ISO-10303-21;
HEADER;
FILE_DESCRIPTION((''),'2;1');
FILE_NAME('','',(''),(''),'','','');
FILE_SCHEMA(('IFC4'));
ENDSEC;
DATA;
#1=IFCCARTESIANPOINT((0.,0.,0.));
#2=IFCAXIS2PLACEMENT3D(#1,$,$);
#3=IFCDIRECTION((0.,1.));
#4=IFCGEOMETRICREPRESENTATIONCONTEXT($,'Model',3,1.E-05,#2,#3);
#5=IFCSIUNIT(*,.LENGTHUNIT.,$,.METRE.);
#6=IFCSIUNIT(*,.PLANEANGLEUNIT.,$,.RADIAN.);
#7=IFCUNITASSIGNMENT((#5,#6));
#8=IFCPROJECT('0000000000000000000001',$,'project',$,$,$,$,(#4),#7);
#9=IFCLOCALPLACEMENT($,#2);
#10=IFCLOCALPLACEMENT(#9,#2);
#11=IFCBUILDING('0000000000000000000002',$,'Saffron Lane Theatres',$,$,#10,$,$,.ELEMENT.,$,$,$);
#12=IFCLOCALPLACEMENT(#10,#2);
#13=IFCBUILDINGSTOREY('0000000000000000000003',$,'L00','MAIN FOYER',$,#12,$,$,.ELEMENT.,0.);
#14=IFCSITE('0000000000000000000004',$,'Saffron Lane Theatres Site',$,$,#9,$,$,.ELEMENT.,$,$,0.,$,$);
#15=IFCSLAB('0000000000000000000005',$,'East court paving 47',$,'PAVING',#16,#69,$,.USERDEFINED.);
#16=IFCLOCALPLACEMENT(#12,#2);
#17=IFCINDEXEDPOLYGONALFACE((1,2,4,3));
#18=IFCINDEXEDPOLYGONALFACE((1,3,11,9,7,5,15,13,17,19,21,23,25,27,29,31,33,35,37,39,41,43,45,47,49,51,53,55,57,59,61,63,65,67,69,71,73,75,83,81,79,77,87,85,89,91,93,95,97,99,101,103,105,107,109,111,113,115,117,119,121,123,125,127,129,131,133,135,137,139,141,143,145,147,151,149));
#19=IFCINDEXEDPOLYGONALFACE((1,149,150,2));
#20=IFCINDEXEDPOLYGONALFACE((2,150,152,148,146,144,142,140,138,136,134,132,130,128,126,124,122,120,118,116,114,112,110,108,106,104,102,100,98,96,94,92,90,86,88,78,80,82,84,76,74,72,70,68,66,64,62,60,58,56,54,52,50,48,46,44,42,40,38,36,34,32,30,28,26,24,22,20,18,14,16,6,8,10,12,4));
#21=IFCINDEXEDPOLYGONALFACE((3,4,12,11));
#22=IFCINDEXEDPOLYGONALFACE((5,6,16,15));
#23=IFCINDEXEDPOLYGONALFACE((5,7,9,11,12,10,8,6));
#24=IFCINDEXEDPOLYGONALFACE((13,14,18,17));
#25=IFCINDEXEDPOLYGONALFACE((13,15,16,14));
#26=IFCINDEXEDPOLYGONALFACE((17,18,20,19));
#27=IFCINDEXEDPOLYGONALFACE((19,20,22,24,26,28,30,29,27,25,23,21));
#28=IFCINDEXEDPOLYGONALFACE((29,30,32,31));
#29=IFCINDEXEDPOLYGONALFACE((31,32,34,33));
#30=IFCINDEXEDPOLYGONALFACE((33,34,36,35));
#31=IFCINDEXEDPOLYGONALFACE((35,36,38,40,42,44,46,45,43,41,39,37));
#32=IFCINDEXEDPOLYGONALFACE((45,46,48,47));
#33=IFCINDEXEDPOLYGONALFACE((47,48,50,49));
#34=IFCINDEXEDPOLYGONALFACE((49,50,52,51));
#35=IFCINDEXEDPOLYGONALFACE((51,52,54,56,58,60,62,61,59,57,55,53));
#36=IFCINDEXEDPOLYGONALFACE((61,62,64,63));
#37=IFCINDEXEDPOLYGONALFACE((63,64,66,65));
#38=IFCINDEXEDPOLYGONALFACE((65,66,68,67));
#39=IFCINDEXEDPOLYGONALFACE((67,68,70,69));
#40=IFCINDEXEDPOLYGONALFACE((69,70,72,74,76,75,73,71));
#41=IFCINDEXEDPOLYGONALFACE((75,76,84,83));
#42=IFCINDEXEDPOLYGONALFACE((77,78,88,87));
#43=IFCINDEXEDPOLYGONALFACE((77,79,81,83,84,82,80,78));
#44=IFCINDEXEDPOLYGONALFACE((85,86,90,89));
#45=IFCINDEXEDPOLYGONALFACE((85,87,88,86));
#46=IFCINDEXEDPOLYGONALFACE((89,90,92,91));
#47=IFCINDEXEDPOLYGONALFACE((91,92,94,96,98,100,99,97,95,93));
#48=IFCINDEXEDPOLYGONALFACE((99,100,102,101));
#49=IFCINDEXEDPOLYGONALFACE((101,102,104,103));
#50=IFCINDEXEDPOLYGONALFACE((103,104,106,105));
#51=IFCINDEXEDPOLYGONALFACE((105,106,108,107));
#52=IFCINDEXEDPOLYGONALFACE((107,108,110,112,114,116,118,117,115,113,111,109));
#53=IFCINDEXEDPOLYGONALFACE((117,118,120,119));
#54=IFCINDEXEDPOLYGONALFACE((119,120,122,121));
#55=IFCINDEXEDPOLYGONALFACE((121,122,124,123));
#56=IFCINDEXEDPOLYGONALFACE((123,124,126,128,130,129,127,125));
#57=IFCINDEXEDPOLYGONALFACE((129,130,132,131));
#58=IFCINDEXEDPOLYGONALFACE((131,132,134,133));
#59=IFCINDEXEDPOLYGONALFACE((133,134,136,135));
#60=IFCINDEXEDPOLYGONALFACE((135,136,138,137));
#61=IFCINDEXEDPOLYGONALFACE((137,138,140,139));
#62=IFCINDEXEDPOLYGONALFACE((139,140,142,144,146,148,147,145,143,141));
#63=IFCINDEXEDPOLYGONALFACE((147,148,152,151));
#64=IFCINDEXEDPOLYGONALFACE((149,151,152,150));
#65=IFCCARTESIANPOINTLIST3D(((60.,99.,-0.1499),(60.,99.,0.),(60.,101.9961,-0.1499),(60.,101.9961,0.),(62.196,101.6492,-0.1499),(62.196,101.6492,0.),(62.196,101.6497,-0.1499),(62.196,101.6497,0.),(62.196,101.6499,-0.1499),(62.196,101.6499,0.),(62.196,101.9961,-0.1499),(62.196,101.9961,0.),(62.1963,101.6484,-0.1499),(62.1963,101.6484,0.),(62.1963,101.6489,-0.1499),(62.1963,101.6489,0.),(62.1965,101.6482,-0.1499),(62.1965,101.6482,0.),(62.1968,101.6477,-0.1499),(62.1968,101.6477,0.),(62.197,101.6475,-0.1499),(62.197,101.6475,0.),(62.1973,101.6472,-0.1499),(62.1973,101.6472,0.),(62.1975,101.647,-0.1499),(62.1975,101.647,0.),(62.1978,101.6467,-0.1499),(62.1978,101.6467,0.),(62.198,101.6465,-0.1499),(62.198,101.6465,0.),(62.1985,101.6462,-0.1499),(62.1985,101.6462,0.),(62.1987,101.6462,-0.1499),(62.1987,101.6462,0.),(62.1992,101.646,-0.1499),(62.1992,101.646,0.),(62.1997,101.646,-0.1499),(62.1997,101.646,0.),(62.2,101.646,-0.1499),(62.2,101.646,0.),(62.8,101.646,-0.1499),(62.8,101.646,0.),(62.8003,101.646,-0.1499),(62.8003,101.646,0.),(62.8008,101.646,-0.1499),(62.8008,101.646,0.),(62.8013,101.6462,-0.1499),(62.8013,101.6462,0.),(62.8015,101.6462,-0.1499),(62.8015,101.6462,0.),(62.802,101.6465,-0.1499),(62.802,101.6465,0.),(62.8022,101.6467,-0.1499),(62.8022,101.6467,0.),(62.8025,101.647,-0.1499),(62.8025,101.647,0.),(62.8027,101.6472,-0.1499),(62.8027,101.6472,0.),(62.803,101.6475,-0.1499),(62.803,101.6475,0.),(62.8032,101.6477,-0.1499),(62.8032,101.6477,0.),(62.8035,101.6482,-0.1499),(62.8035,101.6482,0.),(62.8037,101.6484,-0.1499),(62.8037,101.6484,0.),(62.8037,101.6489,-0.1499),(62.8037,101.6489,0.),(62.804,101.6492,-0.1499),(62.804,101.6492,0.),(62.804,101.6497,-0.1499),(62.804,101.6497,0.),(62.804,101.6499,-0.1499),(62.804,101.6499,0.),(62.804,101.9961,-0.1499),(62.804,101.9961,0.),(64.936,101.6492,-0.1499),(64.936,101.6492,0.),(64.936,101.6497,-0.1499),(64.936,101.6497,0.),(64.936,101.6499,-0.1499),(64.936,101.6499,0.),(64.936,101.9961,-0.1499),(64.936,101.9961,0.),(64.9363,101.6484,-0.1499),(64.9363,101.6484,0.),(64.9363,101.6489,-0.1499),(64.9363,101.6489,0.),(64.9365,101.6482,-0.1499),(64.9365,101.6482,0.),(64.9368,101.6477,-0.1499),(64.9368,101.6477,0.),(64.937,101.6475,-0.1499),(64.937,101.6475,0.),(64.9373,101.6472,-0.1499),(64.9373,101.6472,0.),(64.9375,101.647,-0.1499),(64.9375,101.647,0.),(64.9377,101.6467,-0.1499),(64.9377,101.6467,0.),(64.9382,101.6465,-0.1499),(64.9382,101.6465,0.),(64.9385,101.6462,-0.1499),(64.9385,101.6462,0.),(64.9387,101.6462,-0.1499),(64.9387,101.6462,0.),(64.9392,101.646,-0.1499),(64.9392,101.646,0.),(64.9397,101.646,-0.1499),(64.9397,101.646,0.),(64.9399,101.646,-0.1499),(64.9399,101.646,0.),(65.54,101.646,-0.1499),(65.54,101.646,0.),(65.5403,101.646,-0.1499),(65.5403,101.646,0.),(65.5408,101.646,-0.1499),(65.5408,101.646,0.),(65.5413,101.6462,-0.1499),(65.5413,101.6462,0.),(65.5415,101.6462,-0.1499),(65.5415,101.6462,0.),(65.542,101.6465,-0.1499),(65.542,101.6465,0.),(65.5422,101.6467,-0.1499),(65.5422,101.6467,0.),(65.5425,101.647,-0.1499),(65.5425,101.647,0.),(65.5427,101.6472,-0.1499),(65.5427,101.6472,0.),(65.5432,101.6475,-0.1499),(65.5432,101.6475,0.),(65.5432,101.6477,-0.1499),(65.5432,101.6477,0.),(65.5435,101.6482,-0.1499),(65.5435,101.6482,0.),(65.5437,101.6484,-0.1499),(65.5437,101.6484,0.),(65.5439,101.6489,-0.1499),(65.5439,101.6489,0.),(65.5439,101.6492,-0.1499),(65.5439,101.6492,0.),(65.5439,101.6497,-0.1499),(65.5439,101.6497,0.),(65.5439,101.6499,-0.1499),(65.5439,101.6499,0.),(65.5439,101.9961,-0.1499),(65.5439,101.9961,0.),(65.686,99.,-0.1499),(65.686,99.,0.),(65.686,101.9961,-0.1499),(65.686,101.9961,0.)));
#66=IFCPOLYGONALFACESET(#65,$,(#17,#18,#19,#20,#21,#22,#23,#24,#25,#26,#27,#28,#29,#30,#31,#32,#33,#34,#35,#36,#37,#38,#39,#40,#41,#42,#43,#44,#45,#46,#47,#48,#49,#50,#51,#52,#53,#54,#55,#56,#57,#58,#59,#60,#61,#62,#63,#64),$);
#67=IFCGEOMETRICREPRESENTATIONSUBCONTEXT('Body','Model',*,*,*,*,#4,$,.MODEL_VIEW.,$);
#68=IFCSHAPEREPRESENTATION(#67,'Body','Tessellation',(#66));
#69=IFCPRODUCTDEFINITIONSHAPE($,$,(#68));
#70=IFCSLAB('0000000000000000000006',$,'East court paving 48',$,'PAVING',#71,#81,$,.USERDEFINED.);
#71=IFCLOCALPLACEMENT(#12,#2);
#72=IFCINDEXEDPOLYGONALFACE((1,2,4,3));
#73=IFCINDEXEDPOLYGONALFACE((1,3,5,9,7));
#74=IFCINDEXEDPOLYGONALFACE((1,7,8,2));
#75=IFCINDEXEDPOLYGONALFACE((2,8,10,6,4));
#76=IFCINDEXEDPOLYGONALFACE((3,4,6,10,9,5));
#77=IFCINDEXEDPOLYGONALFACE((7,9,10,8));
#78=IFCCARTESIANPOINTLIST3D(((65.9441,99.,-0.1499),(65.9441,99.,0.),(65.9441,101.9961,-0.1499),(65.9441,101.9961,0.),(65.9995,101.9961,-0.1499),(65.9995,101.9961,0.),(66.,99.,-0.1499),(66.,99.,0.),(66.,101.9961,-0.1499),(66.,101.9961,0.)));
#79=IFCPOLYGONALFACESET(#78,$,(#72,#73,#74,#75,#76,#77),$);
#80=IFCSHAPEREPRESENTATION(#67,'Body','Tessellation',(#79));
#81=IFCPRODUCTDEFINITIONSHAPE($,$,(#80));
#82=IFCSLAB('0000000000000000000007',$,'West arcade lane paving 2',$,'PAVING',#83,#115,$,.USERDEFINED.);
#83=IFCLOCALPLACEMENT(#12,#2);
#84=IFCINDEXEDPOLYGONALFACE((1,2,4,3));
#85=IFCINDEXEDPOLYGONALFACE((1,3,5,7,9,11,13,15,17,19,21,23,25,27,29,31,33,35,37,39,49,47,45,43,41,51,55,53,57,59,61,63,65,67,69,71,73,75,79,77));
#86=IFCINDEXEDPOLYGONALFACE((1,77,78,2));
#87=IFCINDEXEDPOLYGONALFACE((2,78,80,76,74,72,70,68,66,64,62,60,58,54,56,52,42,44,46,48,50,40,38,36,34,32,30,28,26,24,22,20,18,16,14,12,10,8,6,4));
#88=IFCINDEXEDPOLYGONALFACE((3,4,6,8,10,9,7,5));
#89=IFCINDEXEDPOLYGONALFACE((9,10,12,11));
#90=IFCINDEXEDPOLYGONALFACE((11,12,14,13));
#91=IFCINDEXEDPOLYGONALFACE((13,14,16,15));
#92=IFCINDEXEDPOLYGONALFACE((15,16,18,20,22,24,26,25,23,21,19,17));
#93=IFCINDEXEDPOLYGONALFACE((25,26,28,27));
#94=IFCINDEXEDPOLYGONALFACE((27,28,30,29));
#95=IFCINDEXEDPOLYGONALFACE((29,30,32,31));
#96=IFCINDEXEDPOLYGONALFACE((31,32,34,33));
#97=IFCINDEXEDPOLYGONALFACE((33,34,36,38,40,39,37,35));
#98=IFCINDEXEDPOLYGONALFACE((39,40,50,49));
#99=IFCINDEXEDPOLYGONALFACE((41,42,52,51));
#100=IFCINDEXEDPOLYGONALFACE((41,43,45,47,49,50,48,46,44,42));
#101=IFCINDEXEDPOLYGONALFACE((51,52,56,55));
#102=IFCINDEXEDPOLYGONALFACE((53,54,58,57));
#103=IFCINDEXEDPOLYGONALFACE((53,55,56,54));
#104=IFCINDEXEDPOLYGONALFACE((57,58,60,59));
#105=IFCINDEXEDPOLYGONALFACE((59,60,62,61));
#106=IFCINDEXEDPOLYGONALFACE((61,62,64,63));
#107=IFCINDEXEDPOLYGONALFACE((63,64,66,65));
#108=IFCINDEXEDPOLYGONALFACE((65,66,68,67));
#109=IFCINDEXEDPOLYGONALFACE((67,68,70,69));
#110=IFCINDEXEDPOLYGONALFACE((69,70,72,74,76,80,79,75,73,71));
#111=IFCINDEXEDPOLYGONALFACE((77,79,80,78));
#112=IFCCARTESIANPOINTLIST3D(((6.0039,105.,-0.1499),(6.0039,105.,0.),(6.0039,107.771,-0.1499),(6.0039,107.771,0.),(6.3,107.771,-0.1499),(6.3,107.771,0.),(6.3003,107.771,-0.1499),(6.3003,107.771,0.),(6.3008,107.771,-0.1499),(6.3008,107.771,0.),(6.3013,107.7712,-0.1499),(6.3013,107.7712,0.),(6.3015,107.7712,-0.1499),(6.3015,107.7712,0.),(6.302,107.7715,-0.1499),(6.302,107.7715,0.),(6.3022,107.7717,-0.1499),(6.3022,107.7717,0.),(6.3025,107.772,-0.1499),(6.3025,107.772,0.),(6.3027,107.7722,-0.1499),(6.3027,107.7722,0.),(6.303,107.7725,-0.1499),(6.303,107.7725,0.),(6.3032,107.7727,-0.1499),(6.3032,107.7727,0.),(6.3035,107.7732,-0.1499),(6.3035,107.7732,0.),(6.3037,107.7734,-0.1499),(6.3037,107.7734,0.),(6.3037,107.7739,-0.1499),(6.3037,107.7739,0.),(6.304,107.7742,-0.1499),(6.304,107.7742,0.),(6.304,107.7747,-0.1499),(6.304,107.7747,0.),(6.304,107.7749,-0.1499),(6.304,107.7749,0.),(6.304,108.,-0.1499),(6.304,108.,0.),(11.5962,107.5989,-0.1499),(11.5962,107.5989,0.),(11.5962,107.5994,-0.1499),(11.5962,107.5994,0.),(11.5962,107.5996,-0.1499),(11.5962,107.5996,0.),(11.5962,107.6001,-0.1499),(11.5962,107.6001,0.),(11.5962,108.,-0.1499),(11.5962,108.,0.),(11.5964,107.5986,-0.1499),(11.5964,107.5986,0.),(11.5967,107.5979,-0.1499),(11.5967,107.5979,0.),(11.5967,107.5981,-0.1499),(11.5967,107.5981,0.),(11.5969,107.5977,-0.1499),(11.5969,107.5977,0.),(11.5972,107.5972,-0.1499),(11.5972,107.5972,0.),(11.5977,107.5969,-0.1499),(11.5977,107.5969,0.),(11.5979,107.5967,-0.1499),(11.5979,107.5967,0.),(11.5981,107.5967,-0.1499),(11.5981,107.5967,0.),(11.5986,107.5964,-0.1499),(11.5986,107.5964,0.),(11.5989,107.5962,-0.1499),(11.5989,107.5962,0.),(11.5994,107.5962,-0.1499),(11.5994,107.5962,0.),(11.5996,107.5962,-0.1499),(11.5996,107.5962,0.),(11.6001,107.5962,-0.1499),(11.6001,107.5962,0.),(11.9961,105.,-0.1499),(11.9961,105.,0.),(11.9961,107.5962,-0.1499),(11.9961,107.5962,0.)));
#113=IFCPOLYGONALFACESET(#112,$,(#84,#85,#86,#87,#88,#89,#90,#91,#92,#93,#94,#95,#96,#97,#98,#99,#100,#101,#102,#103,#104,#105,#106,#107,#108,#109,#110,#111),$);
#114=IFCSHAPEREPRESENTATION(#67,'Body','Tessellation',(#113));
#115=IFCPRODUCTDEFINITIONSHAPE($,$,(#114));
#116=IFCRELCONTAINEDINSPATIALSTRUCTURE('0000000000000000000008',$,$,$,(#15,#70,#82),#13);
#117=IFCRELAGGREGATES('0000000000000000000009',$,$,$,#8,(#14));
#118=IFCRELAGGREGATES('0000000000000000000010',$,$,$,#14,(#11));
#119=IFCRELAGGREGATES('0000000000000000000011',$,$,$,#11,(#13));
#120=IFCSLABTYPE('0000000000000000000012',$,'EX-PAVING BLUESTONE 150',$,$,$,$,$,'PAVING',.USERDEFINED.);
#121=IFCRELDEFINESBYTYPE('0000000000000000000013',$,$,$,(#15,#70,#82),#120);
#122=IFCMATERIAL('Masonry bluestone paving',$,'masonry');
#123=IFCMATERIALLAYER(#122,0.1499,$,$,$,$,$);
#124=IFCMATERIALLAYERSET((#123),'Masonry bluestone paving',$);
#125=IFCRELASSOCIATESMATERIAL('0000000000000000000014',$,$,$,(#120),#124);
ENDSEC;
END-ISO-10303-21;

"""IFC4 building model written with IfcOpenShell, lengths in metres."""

from ifc_helpers import new_model, si_unit, direction, frame, origin, place, context, subcontext, project, spatial, polyline, outline, extrude, material, layer, layer_set, type_object, element, save


model = new_model("IFC4")

# Units and contexts
model_context = context("Model", 3, precision=1e-05, world=origin(), true_north=direction((0.0, 1.0)))
body_context = subcontext(model_context, "Body", "Model", "MODEL_VIEW")
ifc_project = project(units=[si_unit("LENGTHUNIT", "METRE"), si_unit("PLANEANGLEUNIT", "RADIAN")], contexts=[model_context])

# Site, building, storey
site_placement = place(None, origin())
site = spatial("IfcSite", under=ifc_project, at=site_placement, Name="Saffron Lane Theatres Site", CompositionType="ELEMENT", RefElevation=0.0)
building_placement = place(site_placement, origin())
building = spatial("IfcBuilding", under=site, at=building_placement, Name="Saffron Lane Theatres", CompositionType="ELEMENT")
storey_placement = place(building_placement, origin())
storey = spatial("IfcBuildingStorey", under=building, at=storey_placement, Name="L00", Description="MAIN FOYER", CompositionType="ELEMENT", Elevation=0.0)

# Slabs
ifc_material_1 = material(Name="Masonry bluestone paving", Category="masonry")
ifc_layer_1 = layer(ifc_material_1, 0.1499)
ifc_layer_set_1 = layer_set([ifc_layer_1], Name="Masonry bluestone paving")
slab_type_1 = type_object("IfcSlabType", Name="EX-PAVING BLUESTONE 150", ElementType="PAVING", PredefinedType="USERDEFINED", material=ifc_layer_set_1)
slab_1_placement = place(storey_placement, frame((0.0, 0.0, -0.1499)))
element("IfcSlab", 1, at=slab_1_placement, inside=storey, type_object=slab_type_1, Name="East court paving 47", ObjectType="PAVING", PredefinedType="USERDEFINED", context=body_context, shape_type="SweptSolid", body=[
    extrude(outline(polyline([(60.0, 101.9961), (60.0, 99.0), (65.686, 99.0), (65.686, 101.9961), (65.5439, 101.9961), (65.5439, 101.6499), (65.5439, 101.6497), (65.5439, 101.6492), (65.5439, 101.6489), (65.5437, 101.6484), (65.5435, 101.6482), (65.5432, 101.6477), (65.5432, 101.6475), (65.5427, 101.6472), (65.5425, 101.647), (65.5422, 101.6467), (65.542, 101.6465), (65.5415, 101.6462), (65.5413, 101.6462), (65.5408, 101.646), (65.5403, 101.646), (65.54, 101.646), (64.9399, 101.646), (64.9397, 101.646), (64.9392, 101.646), (64.9387, 101.6462), (64.9385, 101.6462), (64.9382, 101.6465), (64.9377, 101.6467), (64.9375, 101.647), (64.9373, 101.6472), (64.937, 101.6475), (64.9368, 101.6477), (64.9365, 101.6482), (64.9363, 101.6484), (64.9363, 101.6489), (64.936, 101.6492), (64.936, 101.6497), (64.936, 101.6499), (64.936, 101.9961), (62.804, 101.9961), (62.804, 101.6499), (62.804, 101.6497), (62.804, 101.6492), (62.8037, 101.6489), (62.8037, 101.6484), (62.8035, 101.6482), (62.8032, 101.6477), (62.803, 101.6475), (62.8027, 101.6472), (62.8025, 101.647), (62.8022, 101.6467), (62.802, 101.6465), (62.8015, 101.6462), (62.8013, 101.6462), (62.8008, 101.646), (62.8003, 101.646), (62.8, 101.646), (62.2, 101.646), (62.1997, 101.646), (62.1992, 101.646), (62.1987, 101.6462), (62.1985, 101.6462), (62.198, 101.6465), (62.1978, 101.6467), (62.1975, 101.647), (62.1973, 101.6472), (62.197, 101.6475), (62.1968, 101.6477), (62.1965, 101.6482), (62.1963, 101.6484), (62.1963, 101.6489), (62.196, 101.6492), (62.196, 101.6497), (62.196, 101.6499), (62.196, 101.9961), (60.0, 101.9961)])), origin(), (0.0, 0.0, 1.0), 0.1499),
])
slab_2_placement = place(storey_placement, frame((0.0, 0.0, -0.1499)))
element("IfcSlab", 2, at=slab_2_placement, inside=storey, type_object=slab_type_1, Name="East court paving 48", ObjectType="PAVING", PredefinedType="USERDEFINED", context=body_context, shape_type="SweptSolid", body=[
    extrude(outline(polyline([(66.0, 101.9961), (65.9995, 101.9961), (65.9441, 101.9961), (65.9441, 99.0), (66.0, 99.0), (66.0, 101.9961), (66.0, 101.9961)])), origin(), (0.0, 0.0, 1.0), 0.1499),
])
slab_3_placement = place(storey_placement, frame((0.0, 0.0, -0.1499)))
element("IfcSlab", 3, at=slab_3_placement, inside=storey, type_object=slab_type_1, Name="West arcade lane paving 2", ObjectType="PAVING", PredefinedType="USERDEFINED", context=body_context, shape_type="SweptSolid", body=[
    extrude(outline(polyline([(6.0039, 107.771), (6.0039, 105.0), (11.9961, 105.0), (11.9961, 107.5962), (11.6001, 107.5962), (11.5996, 107.5962), (11.5994, 107.5962), (11.5989, 107.5962), (11.5986, 107.5964), (11.5981, 107.5967), (11.5979, 107.5967), (11.5977, 107.5969), (11.5972, 107.5972), (11.5969, 107.5977), (11.5967, 107.5979), (11.5967, 107.5981), (11.5964, 107.5986), (11.5962, 107.5989), (11.5962, 107.5994), (11.5962, 107.5996), (11.5962, 107.6001), (11.5962, 108.0), (6.304, 108.0), (6.304, 107.7749), (6.304, 107.7747), (6.304, 107.7742), (6.3037, 107.7739), (6.3037, 107.7734), (6.3035, 107.7732), (6.3032, 107.7727), (6.303, 107.7725), (6.3027, 107.7722), (6.3025, 107.772), (6.3022, 107.7717), (6.302, 107.7715), (6.3015, 107.7712), (6.3013, 107.7712), (6.3008, 107.771), (6.3003, 107.771), (6.3, 107.771), (6.0039, 107.771)])), origin(), (0.0, 0.0, 1.0), 0.1499),
])

save(model, "model.ifc")
